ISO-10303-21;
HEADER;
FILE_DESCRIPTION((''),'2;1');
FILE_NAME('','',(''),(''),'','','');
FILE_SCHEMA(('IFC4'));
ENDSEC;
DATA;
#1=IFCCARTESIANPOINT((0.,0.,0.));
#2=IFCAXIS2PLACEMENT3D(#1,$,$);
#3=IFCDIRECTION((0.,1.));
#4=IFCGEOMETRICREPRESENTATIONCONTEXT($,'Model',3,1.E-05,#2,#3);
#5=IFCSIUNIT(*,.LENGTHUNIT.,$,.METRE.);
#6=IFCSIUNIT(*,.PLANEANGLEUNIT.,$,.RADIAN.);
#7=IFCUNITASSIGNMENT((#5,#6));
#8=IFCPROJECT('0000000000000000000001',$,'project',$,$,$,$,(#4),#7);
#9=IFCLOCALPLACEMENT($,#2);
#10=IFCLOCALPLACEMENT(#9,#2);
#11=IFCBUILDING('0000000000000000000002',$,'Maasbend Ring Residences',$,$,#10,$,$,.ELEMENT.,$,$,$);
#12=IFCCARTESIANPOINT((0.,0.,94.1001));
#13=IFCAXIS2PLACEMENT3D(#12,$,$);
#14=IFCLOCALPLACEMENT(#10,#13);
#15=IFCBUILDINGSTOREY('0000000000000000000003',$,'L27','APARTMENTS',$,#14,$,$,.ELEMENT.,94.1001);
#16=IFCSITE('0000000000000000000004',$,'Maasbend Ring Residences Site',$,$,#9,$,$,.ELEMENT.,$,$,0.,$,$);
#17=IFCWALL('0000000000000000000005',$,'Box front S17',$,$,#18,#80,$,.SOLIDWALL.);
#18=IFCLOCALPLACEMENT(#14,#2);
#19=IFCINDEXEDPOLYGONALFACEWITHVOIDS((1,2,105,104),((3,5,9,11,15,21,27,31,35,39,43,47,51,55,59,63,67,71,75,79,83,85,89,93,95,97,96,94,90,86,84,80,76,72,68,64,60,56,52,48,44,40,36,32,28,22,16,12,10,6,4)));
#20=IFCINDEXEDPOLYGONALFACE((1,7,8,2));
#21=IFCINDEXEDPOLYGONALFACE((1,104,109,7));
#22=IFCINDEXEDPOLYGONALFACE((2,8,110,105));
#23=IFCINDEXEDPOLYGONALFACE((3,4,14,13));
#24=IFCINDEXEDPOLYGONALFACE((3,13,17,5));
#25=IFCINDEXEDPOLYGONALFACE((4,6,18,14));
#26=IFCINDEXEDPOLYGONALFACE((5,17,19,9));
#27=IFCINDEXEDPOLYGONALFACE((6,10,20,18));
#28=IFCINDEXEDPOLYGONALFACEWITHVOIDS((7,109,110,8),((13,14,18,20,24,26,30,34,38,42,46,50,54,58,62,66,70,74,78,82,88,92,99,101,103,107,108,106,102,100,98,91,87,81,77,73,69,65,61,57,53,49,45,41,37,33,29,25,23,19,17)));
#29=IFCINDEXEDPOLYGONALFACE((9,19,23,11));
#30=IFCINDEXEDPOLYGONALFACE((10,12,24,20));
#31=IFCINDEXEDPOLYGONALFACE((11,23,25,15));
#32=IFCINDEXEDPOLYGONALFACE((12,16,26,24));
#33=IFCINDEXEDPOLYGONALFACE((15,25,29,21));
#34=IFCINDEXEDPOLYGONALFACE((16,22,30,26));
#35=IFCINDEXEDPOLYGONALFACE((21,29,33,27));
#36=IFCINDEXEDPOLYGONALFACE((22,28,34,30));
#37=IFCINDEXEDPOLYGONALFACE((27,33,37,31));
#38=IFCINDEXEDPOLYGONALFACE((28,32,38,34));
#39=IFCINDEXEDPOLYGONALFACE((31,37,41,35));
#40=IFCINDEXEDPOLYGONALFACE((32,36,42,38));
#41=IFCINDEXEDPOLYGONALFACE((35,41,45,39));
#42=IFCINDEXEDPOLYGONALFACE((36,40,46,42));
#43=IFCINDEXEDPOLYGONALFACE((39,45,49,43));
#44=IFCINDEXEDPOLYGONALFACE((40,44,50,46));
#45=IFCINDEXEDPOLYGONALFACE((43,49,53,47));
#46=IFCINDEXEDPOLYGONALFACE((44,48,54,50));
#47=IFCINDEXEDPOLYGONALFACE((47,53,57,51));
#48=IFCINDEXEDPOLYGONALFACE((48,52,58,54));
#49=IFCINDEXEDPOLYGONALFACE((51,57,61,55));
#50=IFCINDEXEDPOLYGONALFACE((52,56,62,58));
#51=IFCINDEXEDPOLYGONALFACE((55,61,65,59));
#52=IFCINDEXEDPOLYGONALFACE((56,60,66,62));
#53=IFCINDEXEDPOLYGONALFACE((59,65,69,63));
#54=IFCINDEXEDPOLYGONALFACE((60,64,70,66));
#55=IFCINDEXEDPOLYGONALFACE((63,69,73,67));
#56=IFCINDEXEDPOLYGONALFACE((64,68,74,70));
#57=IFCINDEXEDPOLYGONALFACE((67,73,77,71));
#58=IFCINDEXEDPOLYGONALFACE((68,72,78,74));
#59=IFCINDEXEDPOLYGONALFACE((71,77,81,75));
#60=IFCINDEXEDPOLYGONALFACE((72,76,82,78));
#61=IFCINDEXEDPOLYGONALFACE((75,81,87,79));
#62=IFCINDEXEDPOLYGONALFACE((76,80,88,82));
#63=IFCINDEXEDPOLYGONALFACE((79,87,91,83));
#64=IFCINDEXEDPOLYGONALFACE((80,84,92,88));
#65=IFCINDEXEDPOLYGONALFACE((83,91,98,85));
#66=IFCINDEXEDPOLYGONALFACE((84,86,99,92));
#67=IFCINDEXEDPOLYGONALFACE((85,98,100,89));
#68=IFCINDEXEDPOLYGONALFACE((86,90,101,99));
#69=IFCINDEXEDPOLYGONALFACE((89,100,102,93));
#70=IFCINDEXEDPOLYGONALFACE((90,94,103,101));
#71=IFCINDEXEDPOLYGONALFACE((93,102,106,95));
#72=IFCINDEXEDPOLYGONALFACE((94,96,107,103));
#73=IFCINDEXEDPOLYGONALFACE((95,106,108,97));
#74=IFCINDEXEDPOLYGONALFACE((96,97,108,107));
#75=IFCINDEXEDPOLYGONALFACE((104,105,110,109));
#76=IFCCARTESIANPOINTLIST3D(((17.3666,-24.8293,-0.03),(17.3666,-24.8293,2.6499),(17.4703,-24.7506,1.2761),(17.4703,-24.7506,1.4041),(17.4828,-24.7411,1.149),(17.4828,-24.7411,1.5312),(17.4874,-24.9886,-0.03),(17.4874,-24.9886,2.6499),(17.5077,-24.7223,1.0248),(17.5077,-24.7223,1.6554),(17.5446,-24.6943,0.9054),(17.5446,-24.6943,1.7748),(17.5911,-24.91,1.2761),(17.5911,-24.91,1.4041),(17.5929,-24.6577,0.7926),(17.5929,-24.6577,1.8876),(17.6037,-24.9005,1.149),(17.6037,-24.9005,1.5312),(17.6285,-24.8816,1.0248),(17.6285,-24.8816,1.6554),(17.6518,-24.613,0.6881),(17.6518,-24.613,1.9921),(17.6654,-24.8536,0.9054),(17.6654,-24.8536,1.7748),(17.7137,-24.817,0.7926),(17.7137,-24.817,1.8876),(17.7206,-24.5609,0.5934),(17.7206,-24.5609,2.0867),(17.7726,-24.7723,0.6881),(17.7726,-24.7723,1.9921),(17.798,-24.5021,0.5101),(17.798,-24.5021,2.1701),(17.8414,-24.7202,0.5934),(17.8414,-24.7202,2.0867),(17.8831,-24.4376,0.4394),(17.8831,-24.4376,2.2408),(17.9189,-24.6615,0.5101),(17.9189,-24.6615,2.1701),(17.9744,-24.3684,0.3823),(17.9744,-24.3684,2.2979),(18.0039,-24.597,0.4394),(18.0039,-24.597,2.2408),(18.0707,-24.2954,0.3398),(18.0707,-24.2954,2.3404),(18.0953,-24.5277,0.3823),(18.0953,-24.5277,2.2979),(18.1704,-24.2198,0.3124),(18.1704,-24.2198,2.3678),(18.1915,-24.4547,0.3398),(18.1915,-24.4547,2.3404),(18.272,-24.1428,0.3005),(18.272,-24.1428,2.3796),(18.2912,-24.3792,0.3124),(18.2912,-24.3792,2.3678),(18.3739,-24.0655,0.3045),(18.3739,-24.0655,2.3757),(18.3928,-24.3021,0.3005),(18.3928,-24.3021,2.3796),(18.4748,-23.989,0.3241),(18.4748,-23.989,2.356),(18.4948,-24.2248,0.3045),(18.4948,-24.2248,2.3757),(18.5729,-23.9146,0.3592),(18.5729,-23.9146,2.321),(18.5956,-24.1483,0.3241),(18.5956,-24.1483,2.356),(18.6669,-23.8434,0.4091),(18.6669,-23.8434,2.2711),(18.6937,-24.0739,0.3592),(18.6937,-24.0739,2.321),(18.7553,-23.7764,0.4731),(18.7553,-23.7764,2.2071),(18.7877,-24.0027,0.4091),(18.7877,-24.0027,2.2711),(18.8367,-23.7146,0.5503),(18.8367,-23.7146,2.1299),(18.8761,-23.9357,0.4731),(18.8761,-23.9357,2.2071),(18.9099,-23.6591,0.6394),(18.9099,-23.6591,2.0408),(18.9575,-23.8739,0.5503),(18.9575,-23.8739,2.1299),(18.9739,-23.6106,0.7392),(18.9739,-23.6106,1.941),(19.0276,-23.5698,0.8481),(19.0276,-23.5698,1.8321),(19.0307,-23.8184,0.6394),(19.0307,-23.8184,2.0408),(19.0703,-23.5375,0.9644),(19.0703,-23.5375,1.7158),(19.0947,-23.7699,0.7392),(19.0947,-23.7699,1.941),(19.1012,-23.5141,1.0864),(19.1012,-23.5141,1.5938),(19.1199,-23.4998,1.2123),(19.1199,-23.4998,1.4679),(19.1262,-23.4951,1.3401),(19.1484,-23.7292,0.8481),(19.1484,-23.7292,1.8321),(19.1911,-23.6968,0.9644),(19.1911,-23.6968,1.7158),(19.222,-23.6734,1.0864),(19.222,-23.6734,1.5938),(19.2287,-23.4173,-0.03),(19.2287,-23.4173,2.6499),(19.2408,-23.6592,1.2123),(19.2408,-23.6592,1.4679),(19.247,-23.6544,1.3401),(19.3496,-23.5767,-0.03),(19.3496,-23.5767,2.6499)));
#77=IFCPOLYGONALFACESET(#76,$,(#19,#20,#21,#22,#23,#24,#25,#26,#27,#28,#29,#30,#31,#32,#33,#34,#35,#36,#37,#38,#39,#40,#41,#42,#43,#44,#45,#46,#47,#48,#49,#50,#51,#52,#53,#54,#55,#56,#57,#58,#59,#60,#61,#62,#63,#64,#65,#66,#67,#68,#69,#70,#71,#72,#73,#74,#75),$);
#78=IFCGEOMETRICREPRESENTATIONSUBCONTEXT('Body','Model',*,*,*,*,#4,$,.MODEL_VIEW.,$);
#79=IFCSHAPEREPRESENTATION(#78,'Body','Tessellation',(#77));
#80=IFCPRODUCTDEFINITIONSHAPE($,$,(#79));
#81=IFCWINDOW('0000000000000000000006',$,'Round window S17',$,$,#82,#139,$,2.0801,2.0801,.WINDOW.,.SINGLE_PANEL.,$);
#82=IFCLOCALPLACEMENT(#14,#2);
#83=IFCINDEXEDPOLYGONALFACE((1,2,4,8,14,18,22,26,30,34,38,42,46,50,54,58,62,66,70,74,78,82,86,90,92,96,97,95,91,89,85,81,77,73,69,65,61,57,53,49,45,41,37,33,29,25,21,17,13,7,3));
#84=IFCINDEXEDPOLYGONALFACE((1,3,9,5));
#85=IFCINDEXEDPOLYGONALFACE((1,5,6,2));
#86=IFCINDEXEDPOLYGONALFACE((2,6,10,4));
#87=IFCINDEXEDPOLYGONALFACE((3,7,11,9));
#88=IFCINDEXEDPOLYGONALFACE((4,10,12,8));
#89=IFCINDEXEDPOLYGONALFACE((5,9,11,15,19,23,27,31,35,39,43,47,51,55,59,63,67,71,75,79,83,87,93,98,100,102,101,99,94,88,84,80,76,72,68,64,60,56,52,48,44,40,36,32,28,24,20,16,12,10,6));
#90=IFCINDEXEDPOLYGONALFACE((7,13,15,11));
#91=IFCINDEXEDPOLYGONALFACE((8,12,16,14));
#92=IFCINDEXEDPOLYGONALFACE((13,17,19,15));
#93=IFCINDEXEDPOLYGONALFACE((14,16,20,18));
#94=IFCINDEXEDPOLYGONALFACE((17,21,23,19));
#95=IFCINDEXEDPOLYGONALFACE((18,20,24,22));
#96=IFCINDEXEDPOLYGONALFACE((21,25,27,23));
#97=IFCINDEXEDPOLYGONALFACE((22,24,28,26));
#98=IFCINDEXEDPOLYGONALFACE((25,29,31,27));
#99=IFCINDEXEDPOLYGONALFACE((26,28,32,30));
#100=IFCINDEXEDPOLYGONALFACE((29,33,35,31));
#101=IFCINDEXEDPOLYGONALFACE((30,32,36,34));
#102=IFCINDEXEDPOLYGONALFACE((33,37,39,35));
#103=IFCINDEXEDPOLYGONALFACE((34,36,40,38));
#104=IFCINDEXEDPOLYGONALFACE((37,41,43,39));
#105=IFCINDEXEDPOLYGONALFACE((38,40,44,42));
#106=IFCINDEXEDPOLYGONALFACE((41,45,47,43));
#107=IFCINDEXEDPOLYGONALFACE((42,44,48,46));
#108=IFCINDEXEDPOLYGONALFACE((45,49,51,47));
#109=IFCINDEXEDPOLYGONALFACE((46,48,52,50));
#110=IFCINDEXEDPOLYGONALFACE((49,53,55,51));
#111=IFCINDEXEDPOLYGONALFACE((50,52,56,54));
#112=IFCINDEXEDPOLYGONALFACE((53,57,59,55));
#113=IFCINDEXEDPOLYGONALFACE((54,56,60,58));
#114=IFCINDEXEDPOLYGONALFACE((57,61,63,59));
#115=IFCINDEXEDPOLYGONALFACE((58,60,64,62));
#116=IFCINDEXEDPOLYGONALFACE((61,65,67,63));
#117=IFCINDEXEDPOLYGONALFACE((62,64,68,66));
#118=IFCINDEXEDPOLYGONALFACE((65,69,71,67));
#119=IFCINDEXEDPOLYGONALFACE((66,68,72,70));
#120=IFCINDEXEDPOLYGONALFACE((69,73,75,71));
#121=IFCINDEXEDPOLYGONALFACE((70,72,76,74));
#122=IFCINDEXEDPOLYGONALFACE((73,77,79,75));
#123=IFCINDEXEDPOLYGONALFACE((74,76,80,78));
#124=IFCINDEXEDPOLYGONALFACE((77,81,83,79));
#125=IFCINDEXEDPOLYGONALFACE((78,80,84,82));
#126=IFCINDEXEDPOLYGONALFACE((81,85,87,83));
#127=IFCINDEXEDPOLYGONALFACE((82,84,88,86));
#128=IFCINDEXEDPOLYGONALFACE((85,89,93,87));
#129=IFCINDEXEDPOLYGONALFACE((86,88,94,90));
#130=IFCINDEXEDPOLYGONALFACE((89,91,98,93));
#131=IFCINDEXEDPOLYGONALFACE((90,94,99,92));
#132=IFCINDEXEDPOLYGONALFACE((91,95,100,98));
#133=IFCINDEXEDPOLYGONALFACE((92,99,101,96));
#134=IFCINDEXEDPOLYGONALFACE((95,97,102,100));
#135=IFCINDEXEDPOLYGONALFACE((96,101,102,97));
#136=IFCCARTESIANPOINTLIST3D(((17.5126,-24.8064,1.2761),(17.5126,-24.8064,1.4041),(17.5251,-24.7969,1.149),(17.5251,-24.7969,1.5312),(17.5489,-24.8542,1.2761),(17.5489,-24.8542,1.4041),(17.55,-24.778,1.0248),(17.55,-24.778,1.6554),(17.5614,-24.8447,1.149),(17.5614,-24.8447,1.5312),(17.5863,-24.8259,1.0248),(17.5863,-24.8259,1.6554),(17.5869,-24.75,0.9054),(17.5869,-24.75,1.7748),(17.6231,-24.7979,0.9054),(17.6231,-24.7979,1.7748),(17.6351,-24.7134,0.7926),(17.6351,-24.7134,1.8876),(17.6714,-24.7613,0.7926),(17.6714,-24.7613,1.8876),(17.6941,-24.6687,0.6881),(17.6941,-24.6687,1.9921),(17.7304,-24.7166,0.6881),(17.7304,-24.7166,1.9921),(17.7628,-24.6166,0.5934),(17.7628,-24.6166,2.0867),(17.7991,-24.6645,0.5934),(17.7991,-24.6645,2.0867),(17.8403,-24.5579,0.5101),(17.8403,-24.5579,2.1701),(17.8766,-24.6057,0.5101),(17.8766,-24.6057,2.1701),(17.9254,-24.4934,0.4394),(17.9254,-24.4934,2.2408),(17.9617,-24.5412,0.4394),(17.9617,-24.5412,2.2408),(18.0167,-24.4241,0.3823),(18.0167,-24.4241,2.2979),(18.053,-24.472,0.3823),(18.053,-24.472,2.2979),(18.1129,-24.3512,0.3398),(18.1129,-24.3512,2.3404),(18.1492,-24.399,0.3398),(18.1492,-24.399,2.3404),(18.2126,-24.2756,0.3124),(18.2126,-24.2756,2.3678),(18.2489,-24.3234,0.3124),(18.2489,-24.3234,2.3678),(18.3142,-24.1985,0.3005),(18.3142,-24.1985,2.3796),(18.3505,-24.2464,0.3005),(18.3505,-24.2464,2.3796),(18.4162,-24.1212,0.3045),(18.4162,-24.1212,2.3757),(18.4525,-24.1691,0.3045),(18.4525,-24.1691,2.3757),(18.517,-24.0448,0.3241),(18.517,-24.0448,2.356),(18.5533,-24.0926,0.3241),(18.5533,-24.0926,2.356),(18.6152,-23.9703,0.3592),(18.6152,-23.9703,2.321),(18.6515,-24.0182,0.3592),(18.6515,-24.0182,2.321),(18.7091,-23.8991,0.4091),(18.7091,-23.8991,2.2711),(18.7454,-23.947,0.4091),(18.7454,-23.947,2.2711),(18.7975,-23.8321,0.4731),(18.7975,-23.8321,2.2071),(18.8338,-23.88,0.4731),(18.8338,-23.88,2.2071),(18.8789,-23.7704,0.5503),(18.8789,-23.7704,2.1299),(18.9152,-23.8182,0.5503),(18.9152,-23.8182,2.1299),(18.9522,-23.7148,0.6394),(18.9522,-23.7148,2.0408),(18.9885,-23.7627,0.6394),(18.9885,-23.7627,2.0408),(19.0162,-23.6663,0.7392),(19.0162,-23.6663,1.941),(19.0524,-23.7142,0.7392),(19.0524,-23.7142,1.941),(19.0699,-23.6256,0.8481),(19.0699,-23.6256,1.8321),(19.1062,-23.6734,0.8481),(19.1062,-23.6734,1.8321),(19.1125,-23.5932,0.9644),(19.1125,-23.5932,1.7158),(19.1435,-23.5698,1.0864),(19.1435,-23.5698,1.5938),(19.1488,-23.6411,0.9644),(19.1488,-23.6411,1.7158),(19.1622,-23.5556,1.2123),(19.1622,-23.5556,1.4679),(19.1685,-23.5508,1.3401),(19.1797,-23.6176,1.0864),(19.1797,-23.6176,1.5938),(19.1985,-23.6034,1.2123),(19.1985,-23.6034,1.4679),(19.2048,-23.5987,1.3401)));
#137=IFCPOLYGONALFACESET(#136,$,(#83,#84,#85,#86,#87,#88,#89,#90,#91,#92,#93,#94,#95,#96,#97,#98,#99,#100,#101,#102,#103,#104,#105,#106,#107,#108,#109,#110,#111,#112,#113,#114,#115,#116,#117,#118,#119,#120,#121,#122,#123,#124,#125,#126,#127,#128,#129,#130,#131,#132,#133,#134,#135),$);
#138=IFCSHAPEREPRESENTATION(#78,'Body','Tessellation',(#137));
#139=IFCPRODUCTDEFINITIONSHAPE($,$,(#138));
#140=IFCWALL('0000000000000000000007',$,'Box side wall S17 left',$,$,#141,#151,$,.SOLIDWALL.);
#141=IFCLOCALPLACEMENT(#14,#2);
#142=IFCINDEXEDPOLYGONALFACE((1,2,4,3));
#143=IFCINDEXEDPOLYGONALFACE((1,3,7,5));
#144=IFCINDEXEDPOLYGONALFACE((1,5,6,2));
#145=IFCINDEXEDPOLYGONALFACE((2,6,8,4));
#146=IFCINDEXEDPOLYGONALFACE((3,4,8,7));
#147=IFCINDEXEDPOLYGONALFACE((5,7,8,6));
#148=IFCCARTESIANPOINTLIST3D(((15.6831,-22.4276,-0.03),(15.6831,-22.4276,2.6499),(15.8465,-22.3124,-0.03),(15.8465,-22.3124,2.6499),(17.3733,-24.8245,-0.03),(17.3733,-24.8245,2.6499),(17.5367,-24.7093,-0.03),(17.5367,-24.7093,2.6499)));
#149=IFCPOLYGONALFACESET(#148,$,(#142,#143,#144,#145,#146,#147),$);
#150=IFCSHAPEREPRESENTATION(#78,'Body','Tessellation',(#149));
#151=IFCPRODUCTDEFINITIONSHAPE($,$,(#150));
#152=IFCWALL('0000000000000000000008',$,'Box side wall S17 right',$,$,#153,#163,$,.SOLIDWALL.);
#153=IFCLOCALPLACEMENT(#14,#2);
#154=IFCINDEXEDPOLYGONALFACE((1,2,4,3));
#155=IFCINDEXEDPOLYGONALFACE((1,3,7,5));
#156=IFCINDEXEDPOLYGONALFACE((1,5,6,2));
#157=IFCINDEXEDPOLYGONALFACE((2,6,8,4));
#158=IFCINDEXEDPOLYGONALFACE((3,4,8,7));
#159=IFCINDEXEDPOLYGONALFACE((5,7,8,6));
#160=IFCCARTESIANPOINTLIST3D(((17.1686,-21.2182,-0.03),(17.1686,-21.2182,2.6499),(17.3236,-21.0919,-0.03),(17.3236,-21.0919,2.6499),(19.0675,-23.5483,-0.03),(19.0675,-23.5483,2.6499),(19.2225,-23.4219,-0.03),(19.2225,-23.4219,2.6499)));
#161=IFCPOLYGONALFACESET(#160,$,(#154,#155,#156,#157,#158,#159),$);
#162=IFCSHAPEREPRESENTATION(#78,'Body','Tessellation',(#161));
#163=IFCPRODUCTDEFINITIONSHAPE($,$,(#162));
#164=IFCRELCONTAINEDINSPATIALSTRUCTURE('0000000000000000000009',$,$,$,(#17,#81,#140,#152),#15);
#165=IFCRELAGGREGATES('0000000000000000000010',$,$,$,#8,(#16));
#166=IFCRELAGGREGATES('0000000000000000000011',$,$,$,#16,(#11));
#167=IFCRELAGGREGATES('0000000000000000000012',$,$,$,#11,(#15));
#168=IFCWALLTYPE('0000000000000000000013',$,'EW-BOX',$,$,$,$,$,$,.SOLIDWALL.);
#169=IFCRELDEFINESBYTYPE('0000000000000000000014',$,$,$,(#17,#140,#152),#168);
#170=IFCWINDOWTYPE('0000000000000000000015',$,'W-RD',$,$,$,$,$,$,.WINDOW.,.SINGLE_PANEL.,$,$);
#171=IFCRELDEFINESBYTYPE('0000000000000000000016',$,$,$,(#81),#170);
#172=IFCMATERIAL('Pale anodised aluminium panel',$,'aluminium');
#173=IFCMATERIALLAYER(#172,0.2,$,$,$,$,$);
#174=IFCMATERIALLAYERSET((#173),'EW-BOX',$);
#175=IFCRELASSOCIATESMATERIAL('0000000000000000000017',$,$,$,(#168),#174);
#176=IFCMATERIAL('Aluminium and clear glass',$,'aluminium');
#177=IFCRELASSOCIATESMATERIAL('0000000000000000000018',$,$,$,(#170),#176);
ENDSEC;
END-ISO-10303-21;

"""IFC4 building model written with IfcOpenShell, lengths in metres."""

from ifc_helpers import new_model, si_unit, direction, frame, frame_2d, origin, place, context, subcontext, project, spatial, rectangle, circle, extrude, material, layer, layer_set, type_object, element, fill, save


model = new_model("IFC4")

# Units and contexts
model_context = context("Model", 3, precision=1e-05, world=origin(), true_north=direction((0.0, 1.0)))
body_context = subcontext(model_context, "Body", "Model", "MODEL_VIEW")
ifc_project = project(units=[si_unit("LENGTHUNIT", "METRE"), si_unit("PLANEANGLEUNIT", "RADIAN")], contexts=[model_context])

# Site, building, storey
site_placement = place(None, origin())
site = spatial("IfcSite", under=ifc_project, at=site_placement, Name="Maasbend Ring Residences Site", CompositionType="ELEMENT", RefElevation=0.0)
building_placement = place(site_placement, origin())
building = spatial("IfcBuilding", under=site, at=building_placement, Name="Maasbend Ring Residences", CompositionType="ELEMENT")
storey_placement = place(building_placement, frame((0.0, 0.0, 94.1001)))
storey = spatial("IfcBuildingStorey", under=building, at=storey_placement, Name="L27", Description="APARTMENTS", CompositionType="ELEMENT", Elevation=94.1001)

# Shared definitions
ifc_material_1 = material(Name="Pale anodised aluminium panel", Category="aluminium")
ifc_layer_1 = layer(ifc_material_1, 0.2)
ifc_layer_set_1 = layer_set([ifc_layer_1], Name="EW-BOX")
wall_type_1 = type_object("IfcWallType", Name="EW-BOX", PredefinedType="SOLIDWALL", material=ifc_layer_set_1)
ifc_material_2 = material(Name="Aluminium and clear glass", Category="aluminium")
window_type_1 = type_object("IfcWindowType", Name="W-RD", PartitioningType="SINGLE_PANEL", PredefinedType="WINDOW", material=ifc_material_2)

# Wall, opening, window
wall_1_placement = place(storey_placement, frame((17.427, -24.9089, -0.03), z_axis=(0.0, 0.0, 1.0), x_axis=(0.796842, 0.604188, 0.0)))
wall_1 = element("IfcWall", 1, at=wall_1_placement, inside=storey, type_object=wall_type_1, Name="Box front S17", PredefinedType="SOLIDWALL", context=body_context, shape_type="SweptSolid", body=[
    extrude(rectangle(XDim=2.3369, YDim=0.2, at=frame_2d((1.1685, 0.0))), origin(), (0.0, 0.0, 1.0), 2.6799),
])
opening_1_placement = place(wall_1_placement, frame((0.1282, 0.0, 0.3301)))
opening_1 = element("IfcOpeningElement", 2, at=opening_1_placement, cuts=wall_1, PredefinedType="OPENING", context=body_context, shape_type="SweptSolid", body=[
    extrude(circle(Radius=1.04, at=frame_2d((1.04, 1.04))), frame((0.0, 0.1099, 0.0), z_axis=(0.0, -1.0, 0.0), x_axis=(1.0, 0.0, 0.0)), (0.0, 0.0, 1.0), 0.22),
])
window_1_placement = place(opening_1_placement, origin())
window_1 = element("IfcWindow", 3, at=window_1_placement, inside=storey, type_object=window_type_1, Name="Round window S17", OverallHeight=2.0801, OverallWidth=2.0801, PartitioningType="SINGLE_PANEL", PredefinedType="WINDOW", context=body_context, shape_type="SweptSolid", body=[
    extrude(circle(Radius=1.04, at=frame_2d((1.04, 1.04))), frame((0.0, 0.03, 0.0), z_axis=(0.0, -1.0, 0.0), x_axis=(1.0, 0.0, 0.0)), (0.0, 0.0, 1.0), 0.0601),
])
fill(opening_1, window_1)

# Walls
wall_2_placement = place(storey_placement, frame((15.7649, -22.3701, -0.03), z_axis=(0.0, 0.0, 1.0), x_axis=(0.576275, -0.817256, 0.0)))
element("IfcWall", 4, at=wall_2_placement, inside=storey, type_object=wall_type_1, Name="Box side wall S17 left", PredefinedType="SOLIDWALL", context=body_context, shape_type="SweptSolid", body=[
    extrude(rectangle(XDim=2.9329, YDim=0.2, at=frame_2d((1.4663, 0.0))), origin(), (0.0, 0.0, 1.0), 2.6799),
])
wall_3_placement = place(storey_placement, frame((17.2461, -21.155, -0.03), z_axis=(0.0, 0.0, 1.0), x_axis=(0.631742, -0.775179, 0.0)))
element("IfcWall", 5, at=wall_3_placement, inside=storey, type_object=wall_type_1, Name="Box side wall S17 right", PredefinedType="SOLIDWALL", context=body_context, shape_type="SweptSolid", body=[
    extrude(rectangle(XDim=3.0059, YDim=0.2, at=frame_2d((1.5029, 0.0))), origin(), (0.0, 0.0, 1.0), 2.6799),
])

save(model, "model.ifc")
